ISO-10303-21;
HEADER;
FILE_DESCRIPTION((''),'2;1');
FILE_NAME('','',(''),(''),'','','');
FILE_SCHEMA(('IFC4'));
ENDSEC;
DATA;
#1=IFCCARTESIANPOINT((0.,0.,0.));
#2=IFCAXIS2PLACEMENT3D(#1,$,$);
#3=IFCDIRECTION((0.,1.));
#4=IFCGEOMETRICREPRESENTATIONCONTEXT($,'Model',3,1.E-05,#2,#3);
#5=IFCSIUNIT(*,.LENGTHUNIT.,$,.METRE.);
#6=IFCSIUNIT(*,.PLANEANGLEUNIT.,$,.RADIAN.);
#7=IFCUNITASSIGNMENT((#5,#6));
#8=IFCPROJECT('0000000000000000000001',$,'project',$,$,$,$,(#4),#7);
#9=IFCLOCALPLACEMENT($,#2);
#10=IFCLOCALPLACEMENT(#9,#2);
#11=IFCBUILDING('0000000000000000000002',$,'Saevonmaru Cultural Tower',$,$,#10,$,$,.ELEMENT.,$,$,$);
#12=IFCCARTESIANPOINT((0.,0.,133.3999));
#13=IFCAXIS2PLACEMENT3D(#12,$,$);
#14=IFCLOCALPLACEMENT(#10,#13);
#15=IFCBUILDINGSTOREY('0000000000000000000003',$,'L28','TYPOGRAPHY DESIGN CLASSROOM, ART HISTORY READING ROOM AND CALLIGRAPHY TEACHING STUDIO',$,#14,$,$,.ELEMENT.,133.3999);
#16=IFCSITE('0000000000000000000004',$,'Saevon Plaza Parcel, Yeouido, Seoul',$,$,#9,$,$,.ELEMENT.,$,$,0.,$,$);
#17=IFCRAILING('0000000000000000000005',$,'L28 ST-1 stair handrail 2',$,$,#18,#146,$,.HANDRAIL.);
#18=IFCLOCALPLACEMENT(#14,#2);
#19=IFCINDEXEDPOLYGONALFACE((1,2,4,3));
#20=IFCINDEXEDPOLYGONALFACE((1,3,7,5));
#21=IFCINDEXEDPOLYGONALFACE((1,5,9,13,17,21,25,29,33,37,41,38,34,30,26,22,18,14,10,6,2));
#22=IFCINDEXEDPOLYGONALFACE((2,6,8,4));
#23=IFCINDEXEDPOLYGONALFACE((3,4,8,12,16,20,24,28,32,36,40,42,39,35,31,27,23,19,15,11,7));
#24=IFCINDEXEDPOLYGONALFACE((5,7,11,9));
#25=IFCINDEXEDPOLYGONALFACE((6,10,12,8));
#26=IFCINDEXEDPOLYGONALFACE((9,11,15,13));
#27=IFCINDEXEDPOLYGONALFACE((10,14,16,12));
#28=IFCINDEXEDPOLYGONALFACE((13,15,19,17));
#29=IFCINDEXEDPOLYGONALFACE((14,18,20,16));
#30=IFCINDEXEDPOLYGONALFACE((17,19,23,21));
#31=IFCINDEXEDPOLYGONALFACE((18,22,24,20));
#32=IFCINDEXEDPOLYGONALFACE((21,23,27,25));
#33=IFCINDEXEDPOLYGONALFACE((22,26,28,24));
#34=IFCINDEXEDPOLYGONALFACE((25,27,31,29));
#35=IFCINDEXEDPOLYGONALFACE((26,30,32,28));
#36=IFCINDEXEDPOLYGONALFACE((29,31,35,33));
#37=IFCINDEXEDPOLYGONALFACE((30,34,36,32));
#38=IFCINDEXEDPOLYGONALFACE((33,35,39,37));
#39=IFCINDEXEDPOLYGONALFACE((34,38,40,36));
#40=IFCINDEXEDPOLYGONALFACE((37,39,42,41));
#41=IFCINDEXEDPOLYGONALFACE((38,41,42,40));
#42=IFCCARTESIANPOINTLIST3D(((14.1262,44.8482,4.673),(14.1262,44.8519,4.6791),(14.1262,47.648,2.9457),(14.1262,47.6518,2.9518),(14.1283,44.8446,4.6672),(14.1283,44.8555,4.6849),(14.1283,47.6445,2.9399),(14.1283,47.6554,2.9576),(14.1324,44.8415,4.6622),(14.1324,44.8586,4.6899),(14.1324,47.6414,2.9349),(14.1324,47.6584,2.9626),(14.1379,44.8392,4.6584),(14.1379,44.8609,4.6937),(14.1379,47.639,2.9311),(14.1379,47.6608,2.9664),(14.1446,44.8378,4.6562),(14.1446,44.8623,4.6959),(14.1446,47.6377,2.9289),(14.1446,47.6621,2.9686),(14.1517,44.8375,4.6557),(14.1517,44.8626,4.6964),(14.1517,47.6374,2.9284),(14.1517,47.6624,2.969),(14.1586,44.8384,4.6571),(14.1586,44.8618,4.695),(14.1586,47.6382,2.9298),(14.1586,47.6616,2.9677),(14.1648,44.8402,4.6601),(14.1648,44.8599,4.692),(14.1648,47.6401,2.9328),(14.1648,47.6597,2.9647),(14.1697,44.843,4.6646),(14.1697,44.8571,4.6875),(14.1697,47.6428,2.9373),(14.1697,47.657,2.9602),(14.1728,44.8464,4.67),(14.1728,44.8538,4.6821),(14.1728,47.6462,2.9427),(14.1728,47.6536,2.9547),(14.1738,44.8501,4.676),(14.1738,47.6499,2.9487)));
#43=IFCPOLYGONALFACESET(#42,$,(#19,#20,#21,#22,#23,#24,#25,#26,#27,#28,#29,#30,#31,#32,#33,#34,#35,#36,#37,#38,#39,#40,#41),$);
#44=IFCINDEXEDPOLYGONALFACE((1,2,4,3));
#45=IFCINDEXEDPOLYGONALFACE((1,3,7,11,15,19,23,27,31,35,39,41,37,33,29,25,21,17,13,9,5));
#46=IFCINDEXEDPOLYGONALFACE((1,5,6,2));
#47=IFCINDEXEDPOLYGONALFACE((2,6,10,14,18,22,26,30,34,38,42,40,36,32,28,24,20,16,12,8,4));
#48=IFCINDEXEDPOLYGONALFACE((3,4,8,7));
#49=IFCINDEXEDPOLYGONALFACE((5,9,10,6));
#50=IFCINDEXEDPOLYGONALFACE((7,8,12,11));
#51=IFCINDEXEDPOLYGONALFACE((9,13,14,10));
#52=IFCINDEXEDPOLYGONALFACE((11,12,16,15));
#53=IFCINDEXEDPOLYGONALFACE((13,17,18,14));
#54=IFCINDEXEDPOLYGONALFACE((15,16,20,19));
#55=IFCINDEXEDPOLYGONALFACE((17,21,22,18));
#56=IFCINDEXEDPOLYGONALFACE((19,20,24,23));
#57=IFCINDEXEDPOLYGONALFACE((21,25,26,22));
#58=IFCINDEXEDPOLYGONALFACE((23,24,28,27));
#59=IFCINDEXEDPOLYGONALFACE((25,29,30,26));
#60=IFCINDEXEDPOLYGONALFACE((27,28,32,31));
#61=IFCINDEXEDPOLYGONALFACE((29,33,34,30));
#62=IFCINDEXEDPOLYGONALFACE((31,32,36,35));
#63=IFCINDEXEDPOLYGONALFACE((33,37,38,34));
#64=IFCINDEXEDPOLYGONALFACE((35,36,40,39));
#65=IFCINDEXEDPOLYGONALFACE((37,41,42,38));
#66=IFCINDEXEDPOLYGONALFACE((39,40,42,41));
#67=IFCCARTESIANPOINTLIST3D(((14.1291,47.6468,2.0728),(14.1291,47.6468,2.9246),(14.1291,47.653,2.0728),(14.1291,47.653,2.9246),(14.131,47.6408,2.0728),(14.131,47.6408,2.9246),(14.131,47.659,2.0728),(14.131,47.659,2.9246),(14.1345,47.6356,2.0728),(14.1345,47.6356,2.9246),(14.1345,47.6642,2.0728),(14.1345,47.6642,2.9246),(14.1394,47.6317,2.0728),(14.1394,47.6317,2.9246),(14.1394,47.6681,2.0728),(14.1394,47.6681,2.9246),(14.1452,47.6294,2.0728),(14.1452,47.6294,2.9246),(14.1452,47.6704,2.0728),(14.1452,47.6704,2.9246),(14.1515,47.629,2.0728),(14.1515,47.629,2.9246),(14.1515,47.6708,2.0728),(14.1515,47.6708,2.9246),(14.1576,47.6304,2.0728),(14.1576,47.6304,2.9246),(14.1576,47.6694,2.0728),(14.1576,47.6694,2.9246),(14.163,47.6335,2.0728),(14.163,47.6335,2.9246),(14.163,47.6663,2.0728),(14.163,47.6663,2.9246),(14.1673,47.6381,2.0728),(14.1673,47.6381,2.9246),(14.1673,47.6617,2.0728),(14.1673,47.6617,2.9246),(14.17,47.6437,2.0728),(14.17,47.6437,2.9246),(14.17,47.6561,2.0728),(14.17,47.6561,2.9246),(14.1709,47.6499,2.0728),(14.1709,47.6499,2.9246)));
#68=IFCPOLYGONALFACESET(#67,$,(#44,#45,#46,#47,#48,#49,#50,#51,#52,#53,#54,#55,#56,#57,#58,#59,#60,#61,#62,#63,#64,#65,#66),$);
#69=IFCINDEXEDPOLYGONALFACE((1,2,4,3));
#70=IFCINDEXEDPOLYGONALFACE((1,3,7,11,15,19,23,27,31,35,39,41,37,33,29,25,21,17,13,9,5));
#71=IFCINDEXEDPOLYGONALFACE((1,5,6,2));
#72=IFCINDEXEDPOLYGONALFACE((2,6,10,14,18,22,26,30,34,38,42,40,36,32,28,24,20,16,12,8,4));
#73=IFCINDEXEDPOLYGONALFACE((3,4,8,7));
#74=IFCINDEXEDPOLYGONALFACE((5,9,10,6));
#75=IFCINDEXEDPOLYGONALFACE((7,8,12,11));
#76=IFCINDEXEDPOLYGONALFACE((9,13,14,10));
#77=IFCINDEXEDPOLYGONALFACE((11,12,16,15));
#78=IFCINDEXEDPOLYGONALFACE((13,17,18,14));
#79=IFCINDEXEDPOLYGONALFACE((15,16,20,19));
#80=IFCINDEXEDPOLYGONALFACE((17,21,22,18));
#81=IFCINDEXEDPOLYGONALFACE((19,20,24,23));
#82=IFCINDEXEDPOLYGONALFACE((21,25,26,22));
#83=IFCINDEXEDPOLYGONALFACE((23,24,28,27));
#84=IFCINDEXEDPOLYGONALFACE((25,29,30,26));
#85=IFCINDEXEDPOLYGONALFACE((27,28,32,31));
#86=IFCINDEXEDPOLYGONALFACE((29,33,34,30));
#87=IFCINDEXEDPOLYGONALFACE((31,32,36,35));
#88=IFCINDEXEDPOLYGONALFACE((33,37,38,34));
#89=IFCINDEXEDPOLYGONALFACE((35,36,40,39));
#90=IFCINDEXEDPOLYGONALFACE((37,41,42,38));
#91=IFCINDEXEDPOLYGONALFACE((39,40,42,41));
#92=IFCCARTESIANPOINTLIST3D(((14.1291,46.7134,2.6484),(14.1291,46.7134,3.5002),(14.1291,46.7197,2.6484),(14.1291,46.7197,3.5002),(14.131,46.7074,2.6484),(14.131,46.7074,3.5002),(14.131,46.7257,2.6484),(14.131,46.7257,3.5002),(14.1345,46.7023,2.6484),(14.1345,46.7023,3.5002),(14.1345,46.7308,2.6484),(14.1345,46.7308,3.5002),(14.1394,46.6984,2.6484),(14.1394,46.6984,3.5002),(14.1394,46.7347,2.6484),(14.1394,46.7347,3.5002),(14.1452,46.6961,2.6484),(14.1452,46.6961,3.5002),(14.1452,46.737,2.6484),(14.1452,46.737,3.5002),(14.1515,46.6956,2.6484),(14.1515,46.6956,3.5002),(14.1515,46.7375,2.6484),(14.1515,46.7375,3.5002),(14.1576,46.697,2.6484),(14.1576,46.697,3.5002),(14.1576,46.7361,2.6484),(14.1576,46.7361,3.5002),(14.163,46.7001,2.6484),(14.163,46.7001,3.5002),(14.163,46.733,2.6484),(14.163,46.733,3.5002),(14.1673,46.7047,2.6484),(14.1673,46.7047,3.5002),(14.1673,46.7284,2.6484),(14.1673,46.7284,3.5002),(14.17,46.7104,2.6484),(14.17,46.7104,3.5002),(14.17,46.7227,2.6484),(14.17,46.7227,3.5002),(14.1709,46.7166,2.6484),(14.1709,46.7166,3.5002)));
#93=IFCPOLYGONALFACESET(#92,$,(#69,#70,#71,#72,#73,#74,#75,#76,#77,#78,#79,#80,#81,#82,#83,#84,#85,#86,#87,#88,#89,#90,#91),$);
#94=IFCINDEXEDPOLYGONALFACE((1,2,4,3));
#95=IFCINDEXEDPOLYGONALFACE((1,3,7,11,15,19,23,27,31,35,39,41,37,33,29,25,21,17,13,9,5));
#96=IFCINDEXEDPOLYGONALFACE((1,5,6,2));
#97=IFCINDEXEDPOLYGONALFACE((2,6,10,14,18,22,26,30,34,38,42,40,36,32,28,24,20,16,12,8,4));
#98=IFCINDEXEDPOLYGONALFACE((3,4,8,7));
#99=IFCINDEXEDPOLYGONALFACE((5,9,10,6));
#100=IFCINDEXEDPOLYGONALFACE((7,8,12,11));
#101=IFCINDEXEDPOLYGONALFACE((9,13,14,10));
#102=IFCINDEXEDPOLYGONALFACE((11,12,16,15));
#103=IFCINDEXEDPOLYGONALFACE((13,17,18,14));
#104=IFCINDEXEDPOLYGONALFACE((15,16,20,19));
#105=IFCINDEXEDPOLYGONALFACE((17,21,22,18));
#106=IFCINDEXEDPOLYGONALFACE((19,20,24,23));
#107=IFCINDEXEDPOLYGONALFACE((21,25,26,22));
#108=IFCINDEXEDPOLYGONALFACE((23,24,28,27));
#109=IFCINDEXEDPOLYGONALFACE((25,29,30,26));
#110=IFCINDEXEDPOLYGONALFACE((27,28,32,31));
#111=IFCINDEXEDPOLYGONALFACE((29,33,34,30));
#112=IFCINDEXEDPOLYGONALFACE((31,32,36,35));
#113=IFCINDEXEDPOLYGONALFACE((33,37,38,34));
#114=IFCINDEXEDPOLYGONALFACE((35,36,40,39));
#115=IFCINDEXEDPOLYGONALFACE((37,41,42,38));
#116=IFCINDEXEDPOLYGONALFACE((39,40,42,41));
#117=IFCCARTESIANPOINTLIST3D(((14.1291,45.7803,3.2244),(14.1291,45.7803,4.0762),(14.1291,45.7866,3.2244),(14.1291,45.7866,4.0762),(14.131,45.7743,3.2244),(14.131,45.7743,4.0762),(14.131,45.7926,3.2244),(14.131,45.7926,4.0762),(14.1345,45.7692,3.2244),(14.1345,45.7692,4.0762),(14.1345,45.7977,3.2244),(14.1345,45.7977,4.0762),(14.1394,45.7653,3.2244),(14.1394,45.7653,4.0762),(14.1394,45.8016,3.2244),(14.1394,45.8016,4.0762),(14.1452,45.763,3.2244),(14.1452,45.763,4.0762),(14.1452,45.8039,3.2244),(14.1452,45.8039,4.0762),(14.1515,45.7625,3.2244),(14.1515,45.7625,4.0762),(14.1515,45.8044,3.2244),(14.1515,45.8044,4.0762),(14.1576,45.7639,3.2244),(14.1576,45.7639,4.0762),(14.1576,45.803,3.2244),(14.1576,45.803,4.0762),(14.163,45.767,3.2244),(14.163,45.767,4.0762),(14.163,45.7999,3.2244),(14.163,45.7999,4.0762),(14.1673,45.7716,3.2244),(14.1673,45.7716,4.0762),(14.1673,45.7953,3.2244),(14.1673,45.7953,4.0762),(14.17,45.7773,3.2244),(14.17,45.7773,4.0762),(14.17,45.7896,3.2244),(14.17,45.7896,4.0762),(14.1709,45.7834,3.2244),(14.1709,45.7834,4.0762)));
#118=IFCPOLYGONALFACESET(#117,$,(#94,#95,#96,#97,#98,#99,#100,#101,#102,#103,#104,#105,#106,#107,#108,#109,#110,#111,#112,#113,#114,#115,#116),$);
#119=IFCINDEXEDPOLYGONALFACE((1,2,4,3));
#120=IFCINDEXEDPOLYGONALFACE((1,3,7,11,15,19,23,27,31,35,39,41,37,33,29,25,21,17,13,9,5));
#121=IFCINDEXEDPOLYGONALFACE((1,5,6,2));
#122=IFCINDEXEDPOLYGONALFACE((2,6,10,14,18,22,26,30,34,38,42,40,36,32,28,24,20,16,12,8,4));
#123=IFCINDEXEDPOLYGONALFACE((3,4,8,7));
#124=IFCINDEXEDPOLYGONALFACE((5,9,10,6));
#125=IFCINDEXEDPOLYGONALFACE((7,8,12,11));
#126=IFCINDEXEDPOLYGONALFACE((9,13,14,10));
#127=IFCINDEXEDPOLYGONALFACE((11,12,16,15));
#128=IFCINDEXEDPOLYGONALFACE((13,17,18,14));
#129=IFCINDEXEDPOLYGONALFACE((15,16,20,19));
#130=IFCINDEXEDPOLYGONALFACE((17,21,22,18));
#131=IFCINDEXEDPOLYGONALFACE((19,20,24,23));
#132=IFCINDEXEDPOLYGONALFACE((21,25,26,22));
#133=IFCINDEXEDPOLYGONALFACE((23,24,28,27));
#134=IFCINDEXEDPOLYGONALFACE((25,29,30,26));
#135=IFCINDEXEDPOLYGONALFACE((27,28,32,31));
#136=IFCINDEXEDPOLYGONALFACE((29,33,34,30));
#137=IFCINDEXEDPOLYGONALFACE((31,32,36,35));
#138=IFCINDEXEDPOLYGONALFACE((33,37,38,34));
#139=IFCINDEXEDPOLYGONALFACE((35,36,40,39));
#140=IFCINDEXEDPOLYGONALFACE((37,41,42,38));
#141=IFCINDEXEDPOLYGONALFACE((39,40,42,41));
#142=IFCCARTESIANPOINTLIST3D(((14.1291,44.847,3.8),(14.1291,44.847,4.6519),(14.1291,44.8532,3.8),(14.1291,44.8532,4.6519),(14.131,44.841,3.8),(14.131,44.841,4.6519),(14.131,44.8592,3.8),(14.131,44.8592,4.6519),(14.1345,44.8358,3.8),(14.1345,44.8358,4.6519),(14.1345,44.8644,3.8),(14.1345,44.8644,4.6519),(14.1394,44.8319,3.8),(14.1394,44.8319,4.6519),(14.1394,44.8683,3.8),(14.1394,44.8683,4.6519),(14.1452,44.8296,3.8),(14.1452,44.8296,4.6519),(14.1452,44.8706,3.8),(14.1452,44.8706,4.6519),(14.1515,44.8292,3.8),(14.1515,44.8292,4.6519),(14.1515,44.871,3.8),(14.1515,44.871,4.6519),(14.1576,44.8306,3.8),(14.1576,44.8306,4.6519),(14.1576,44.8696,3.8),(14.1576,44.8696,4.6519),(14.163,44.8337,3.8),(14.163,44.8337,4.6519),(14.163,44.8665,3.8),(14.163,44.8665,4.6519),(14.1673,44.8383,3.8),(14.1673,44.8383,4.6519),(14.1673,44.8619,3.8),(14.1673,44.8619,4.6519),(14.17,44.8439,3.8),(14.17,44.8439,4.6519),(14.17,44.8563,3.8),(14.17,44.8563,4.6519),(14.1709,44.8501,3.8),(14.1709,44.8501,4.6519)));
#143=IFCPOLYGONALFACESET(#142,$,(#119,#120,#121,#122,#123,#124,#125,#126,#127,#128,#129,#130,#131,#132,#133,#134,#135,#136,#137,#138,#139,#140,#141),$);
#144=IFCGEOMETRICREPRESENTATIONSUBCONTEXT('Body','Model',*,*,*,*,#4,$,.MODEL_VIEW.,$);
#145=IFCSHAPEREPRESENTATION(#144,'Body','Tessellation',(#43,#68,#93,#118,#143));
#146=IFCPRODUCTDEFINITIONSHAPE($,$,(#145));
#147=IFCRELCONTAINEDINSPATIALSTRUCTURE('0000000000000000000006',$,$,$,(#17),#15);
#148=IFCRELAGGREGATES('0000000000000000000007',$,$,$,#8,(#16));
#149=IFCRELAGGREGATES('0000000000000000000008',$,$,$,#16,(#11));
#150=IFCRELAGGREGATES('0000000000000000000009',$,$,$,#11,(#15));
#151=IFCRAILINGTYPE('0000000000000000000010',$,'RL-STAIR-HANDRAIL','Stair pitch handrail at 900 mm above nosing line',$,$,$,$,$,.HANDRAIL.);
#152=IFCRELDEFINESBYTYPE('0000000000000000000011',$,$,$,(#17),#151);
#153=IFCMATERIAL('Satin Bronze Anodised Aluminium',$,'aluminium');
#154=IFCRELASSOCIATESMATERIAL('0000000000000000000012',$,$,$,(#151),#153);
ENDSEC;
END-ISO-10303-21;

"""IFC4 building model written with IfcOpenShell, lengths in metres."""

from ifc_helpers import new_model, si_unit, direction, frame, origin, origin_2d, place, context, subcontext, project, spatial, circle, extrude, material, type_object, element, save


model = new_model("IFC4")

# Units and contexts
model_context = context("Model", 3, precision=1e-05, world=origin(), true_north=direction((0.0, 1.0)))
body_context = subcontext(model_context, "Body", "Model", "MODEL_VIEW")
ifc_project = project(units=[si_unit("LENGTHUNIT", "METRE"), si_unit("PLANEANGLEUNIT", "RADIAN")], contexts=[model_context])

# Site, building, storey
site_placement = place(None, origin())
site = spatial("IfcSite", under=ifc_project, at=site_placement, Name="Saevon Plaza Parcel, Yeouido, Seoul", CompositionType="ELEMENT", RefElevation=0.0)
building_placement = place(site_placement, origin())
building = spatial("IfcBuilding", under=site, at=building_placement, Name="Saevonmaru Cultural Tower", CompositionType="ELEMENT")
storey_placement = place(building_placement, frame((0.0, 0.0, 133.3999)))
storey = spatial("IfcBuildingStorey", under=building, at=storey_placement, Name="L28", Description="TYPOGRAPHY DESIGN CLASSROOM, ART HISTORY READING ROOM AND CALLIGRAPHY TEACHING STUDIO", CompositionType="ELEMENT", Elevation=133.3999)

# Shared definitions
ifc_material_1 = material(Name="Satin Bronze Anodised Aluminium", Category="aluminium")

# Railing
railing_type_1 = type_object("IfcRailingType", Name="RL-STAIR-HANDRAIL", Description="Stair pitch handrail at 900 mm above nosing line", PredefinedType="HANDRAIL", material=ifc_material_1)
railing_1_placement = place(storey_placement, frame((14.1499, 47.6499, 2.0728)))
element("IfcRailing", 1, at=railing_1_placement, inside=storey, type_object=railing_type_1, Name="L28 ST-1 stair handrail 2", PredefinedType="HANDRAIL", context=body_context, shape_type="SweptSolid", body=[
    extrude(circle(Radius=0.0239, at=origin_2d()), frame((0.0, 0.0, 0.876), z_axis=(0.0, -0.851069, 0.525054), x_axis=(1.0, 0.0, 0.0)), (0.0, 0.0, 1.0), 3.2898),
    extrude(circle(Radius=0.021, at=origin_2d()), origin(), (0.0, 0.0, 1.0), 0.8518),
    extrude(circle(Radius=0.021, at=origin_2d()), frame((0.0, -0.9333, 0.5757)), (0.0, 0.0, 1.0), 0.8518),
    extrude(circle(Radius=0.021, at=origin_2d()), frame((0.0, -1.8665, 1.1516)), (0.0, 0.0, 1.0), 0.8518),
    extrude(circle(Radius=0.021, at=origin_2d()), frame((0.0, -2.7998, 1.7273)), (0.0, 0.0, 1.0), 0.8518),
])

save(model, "model.ifc")
